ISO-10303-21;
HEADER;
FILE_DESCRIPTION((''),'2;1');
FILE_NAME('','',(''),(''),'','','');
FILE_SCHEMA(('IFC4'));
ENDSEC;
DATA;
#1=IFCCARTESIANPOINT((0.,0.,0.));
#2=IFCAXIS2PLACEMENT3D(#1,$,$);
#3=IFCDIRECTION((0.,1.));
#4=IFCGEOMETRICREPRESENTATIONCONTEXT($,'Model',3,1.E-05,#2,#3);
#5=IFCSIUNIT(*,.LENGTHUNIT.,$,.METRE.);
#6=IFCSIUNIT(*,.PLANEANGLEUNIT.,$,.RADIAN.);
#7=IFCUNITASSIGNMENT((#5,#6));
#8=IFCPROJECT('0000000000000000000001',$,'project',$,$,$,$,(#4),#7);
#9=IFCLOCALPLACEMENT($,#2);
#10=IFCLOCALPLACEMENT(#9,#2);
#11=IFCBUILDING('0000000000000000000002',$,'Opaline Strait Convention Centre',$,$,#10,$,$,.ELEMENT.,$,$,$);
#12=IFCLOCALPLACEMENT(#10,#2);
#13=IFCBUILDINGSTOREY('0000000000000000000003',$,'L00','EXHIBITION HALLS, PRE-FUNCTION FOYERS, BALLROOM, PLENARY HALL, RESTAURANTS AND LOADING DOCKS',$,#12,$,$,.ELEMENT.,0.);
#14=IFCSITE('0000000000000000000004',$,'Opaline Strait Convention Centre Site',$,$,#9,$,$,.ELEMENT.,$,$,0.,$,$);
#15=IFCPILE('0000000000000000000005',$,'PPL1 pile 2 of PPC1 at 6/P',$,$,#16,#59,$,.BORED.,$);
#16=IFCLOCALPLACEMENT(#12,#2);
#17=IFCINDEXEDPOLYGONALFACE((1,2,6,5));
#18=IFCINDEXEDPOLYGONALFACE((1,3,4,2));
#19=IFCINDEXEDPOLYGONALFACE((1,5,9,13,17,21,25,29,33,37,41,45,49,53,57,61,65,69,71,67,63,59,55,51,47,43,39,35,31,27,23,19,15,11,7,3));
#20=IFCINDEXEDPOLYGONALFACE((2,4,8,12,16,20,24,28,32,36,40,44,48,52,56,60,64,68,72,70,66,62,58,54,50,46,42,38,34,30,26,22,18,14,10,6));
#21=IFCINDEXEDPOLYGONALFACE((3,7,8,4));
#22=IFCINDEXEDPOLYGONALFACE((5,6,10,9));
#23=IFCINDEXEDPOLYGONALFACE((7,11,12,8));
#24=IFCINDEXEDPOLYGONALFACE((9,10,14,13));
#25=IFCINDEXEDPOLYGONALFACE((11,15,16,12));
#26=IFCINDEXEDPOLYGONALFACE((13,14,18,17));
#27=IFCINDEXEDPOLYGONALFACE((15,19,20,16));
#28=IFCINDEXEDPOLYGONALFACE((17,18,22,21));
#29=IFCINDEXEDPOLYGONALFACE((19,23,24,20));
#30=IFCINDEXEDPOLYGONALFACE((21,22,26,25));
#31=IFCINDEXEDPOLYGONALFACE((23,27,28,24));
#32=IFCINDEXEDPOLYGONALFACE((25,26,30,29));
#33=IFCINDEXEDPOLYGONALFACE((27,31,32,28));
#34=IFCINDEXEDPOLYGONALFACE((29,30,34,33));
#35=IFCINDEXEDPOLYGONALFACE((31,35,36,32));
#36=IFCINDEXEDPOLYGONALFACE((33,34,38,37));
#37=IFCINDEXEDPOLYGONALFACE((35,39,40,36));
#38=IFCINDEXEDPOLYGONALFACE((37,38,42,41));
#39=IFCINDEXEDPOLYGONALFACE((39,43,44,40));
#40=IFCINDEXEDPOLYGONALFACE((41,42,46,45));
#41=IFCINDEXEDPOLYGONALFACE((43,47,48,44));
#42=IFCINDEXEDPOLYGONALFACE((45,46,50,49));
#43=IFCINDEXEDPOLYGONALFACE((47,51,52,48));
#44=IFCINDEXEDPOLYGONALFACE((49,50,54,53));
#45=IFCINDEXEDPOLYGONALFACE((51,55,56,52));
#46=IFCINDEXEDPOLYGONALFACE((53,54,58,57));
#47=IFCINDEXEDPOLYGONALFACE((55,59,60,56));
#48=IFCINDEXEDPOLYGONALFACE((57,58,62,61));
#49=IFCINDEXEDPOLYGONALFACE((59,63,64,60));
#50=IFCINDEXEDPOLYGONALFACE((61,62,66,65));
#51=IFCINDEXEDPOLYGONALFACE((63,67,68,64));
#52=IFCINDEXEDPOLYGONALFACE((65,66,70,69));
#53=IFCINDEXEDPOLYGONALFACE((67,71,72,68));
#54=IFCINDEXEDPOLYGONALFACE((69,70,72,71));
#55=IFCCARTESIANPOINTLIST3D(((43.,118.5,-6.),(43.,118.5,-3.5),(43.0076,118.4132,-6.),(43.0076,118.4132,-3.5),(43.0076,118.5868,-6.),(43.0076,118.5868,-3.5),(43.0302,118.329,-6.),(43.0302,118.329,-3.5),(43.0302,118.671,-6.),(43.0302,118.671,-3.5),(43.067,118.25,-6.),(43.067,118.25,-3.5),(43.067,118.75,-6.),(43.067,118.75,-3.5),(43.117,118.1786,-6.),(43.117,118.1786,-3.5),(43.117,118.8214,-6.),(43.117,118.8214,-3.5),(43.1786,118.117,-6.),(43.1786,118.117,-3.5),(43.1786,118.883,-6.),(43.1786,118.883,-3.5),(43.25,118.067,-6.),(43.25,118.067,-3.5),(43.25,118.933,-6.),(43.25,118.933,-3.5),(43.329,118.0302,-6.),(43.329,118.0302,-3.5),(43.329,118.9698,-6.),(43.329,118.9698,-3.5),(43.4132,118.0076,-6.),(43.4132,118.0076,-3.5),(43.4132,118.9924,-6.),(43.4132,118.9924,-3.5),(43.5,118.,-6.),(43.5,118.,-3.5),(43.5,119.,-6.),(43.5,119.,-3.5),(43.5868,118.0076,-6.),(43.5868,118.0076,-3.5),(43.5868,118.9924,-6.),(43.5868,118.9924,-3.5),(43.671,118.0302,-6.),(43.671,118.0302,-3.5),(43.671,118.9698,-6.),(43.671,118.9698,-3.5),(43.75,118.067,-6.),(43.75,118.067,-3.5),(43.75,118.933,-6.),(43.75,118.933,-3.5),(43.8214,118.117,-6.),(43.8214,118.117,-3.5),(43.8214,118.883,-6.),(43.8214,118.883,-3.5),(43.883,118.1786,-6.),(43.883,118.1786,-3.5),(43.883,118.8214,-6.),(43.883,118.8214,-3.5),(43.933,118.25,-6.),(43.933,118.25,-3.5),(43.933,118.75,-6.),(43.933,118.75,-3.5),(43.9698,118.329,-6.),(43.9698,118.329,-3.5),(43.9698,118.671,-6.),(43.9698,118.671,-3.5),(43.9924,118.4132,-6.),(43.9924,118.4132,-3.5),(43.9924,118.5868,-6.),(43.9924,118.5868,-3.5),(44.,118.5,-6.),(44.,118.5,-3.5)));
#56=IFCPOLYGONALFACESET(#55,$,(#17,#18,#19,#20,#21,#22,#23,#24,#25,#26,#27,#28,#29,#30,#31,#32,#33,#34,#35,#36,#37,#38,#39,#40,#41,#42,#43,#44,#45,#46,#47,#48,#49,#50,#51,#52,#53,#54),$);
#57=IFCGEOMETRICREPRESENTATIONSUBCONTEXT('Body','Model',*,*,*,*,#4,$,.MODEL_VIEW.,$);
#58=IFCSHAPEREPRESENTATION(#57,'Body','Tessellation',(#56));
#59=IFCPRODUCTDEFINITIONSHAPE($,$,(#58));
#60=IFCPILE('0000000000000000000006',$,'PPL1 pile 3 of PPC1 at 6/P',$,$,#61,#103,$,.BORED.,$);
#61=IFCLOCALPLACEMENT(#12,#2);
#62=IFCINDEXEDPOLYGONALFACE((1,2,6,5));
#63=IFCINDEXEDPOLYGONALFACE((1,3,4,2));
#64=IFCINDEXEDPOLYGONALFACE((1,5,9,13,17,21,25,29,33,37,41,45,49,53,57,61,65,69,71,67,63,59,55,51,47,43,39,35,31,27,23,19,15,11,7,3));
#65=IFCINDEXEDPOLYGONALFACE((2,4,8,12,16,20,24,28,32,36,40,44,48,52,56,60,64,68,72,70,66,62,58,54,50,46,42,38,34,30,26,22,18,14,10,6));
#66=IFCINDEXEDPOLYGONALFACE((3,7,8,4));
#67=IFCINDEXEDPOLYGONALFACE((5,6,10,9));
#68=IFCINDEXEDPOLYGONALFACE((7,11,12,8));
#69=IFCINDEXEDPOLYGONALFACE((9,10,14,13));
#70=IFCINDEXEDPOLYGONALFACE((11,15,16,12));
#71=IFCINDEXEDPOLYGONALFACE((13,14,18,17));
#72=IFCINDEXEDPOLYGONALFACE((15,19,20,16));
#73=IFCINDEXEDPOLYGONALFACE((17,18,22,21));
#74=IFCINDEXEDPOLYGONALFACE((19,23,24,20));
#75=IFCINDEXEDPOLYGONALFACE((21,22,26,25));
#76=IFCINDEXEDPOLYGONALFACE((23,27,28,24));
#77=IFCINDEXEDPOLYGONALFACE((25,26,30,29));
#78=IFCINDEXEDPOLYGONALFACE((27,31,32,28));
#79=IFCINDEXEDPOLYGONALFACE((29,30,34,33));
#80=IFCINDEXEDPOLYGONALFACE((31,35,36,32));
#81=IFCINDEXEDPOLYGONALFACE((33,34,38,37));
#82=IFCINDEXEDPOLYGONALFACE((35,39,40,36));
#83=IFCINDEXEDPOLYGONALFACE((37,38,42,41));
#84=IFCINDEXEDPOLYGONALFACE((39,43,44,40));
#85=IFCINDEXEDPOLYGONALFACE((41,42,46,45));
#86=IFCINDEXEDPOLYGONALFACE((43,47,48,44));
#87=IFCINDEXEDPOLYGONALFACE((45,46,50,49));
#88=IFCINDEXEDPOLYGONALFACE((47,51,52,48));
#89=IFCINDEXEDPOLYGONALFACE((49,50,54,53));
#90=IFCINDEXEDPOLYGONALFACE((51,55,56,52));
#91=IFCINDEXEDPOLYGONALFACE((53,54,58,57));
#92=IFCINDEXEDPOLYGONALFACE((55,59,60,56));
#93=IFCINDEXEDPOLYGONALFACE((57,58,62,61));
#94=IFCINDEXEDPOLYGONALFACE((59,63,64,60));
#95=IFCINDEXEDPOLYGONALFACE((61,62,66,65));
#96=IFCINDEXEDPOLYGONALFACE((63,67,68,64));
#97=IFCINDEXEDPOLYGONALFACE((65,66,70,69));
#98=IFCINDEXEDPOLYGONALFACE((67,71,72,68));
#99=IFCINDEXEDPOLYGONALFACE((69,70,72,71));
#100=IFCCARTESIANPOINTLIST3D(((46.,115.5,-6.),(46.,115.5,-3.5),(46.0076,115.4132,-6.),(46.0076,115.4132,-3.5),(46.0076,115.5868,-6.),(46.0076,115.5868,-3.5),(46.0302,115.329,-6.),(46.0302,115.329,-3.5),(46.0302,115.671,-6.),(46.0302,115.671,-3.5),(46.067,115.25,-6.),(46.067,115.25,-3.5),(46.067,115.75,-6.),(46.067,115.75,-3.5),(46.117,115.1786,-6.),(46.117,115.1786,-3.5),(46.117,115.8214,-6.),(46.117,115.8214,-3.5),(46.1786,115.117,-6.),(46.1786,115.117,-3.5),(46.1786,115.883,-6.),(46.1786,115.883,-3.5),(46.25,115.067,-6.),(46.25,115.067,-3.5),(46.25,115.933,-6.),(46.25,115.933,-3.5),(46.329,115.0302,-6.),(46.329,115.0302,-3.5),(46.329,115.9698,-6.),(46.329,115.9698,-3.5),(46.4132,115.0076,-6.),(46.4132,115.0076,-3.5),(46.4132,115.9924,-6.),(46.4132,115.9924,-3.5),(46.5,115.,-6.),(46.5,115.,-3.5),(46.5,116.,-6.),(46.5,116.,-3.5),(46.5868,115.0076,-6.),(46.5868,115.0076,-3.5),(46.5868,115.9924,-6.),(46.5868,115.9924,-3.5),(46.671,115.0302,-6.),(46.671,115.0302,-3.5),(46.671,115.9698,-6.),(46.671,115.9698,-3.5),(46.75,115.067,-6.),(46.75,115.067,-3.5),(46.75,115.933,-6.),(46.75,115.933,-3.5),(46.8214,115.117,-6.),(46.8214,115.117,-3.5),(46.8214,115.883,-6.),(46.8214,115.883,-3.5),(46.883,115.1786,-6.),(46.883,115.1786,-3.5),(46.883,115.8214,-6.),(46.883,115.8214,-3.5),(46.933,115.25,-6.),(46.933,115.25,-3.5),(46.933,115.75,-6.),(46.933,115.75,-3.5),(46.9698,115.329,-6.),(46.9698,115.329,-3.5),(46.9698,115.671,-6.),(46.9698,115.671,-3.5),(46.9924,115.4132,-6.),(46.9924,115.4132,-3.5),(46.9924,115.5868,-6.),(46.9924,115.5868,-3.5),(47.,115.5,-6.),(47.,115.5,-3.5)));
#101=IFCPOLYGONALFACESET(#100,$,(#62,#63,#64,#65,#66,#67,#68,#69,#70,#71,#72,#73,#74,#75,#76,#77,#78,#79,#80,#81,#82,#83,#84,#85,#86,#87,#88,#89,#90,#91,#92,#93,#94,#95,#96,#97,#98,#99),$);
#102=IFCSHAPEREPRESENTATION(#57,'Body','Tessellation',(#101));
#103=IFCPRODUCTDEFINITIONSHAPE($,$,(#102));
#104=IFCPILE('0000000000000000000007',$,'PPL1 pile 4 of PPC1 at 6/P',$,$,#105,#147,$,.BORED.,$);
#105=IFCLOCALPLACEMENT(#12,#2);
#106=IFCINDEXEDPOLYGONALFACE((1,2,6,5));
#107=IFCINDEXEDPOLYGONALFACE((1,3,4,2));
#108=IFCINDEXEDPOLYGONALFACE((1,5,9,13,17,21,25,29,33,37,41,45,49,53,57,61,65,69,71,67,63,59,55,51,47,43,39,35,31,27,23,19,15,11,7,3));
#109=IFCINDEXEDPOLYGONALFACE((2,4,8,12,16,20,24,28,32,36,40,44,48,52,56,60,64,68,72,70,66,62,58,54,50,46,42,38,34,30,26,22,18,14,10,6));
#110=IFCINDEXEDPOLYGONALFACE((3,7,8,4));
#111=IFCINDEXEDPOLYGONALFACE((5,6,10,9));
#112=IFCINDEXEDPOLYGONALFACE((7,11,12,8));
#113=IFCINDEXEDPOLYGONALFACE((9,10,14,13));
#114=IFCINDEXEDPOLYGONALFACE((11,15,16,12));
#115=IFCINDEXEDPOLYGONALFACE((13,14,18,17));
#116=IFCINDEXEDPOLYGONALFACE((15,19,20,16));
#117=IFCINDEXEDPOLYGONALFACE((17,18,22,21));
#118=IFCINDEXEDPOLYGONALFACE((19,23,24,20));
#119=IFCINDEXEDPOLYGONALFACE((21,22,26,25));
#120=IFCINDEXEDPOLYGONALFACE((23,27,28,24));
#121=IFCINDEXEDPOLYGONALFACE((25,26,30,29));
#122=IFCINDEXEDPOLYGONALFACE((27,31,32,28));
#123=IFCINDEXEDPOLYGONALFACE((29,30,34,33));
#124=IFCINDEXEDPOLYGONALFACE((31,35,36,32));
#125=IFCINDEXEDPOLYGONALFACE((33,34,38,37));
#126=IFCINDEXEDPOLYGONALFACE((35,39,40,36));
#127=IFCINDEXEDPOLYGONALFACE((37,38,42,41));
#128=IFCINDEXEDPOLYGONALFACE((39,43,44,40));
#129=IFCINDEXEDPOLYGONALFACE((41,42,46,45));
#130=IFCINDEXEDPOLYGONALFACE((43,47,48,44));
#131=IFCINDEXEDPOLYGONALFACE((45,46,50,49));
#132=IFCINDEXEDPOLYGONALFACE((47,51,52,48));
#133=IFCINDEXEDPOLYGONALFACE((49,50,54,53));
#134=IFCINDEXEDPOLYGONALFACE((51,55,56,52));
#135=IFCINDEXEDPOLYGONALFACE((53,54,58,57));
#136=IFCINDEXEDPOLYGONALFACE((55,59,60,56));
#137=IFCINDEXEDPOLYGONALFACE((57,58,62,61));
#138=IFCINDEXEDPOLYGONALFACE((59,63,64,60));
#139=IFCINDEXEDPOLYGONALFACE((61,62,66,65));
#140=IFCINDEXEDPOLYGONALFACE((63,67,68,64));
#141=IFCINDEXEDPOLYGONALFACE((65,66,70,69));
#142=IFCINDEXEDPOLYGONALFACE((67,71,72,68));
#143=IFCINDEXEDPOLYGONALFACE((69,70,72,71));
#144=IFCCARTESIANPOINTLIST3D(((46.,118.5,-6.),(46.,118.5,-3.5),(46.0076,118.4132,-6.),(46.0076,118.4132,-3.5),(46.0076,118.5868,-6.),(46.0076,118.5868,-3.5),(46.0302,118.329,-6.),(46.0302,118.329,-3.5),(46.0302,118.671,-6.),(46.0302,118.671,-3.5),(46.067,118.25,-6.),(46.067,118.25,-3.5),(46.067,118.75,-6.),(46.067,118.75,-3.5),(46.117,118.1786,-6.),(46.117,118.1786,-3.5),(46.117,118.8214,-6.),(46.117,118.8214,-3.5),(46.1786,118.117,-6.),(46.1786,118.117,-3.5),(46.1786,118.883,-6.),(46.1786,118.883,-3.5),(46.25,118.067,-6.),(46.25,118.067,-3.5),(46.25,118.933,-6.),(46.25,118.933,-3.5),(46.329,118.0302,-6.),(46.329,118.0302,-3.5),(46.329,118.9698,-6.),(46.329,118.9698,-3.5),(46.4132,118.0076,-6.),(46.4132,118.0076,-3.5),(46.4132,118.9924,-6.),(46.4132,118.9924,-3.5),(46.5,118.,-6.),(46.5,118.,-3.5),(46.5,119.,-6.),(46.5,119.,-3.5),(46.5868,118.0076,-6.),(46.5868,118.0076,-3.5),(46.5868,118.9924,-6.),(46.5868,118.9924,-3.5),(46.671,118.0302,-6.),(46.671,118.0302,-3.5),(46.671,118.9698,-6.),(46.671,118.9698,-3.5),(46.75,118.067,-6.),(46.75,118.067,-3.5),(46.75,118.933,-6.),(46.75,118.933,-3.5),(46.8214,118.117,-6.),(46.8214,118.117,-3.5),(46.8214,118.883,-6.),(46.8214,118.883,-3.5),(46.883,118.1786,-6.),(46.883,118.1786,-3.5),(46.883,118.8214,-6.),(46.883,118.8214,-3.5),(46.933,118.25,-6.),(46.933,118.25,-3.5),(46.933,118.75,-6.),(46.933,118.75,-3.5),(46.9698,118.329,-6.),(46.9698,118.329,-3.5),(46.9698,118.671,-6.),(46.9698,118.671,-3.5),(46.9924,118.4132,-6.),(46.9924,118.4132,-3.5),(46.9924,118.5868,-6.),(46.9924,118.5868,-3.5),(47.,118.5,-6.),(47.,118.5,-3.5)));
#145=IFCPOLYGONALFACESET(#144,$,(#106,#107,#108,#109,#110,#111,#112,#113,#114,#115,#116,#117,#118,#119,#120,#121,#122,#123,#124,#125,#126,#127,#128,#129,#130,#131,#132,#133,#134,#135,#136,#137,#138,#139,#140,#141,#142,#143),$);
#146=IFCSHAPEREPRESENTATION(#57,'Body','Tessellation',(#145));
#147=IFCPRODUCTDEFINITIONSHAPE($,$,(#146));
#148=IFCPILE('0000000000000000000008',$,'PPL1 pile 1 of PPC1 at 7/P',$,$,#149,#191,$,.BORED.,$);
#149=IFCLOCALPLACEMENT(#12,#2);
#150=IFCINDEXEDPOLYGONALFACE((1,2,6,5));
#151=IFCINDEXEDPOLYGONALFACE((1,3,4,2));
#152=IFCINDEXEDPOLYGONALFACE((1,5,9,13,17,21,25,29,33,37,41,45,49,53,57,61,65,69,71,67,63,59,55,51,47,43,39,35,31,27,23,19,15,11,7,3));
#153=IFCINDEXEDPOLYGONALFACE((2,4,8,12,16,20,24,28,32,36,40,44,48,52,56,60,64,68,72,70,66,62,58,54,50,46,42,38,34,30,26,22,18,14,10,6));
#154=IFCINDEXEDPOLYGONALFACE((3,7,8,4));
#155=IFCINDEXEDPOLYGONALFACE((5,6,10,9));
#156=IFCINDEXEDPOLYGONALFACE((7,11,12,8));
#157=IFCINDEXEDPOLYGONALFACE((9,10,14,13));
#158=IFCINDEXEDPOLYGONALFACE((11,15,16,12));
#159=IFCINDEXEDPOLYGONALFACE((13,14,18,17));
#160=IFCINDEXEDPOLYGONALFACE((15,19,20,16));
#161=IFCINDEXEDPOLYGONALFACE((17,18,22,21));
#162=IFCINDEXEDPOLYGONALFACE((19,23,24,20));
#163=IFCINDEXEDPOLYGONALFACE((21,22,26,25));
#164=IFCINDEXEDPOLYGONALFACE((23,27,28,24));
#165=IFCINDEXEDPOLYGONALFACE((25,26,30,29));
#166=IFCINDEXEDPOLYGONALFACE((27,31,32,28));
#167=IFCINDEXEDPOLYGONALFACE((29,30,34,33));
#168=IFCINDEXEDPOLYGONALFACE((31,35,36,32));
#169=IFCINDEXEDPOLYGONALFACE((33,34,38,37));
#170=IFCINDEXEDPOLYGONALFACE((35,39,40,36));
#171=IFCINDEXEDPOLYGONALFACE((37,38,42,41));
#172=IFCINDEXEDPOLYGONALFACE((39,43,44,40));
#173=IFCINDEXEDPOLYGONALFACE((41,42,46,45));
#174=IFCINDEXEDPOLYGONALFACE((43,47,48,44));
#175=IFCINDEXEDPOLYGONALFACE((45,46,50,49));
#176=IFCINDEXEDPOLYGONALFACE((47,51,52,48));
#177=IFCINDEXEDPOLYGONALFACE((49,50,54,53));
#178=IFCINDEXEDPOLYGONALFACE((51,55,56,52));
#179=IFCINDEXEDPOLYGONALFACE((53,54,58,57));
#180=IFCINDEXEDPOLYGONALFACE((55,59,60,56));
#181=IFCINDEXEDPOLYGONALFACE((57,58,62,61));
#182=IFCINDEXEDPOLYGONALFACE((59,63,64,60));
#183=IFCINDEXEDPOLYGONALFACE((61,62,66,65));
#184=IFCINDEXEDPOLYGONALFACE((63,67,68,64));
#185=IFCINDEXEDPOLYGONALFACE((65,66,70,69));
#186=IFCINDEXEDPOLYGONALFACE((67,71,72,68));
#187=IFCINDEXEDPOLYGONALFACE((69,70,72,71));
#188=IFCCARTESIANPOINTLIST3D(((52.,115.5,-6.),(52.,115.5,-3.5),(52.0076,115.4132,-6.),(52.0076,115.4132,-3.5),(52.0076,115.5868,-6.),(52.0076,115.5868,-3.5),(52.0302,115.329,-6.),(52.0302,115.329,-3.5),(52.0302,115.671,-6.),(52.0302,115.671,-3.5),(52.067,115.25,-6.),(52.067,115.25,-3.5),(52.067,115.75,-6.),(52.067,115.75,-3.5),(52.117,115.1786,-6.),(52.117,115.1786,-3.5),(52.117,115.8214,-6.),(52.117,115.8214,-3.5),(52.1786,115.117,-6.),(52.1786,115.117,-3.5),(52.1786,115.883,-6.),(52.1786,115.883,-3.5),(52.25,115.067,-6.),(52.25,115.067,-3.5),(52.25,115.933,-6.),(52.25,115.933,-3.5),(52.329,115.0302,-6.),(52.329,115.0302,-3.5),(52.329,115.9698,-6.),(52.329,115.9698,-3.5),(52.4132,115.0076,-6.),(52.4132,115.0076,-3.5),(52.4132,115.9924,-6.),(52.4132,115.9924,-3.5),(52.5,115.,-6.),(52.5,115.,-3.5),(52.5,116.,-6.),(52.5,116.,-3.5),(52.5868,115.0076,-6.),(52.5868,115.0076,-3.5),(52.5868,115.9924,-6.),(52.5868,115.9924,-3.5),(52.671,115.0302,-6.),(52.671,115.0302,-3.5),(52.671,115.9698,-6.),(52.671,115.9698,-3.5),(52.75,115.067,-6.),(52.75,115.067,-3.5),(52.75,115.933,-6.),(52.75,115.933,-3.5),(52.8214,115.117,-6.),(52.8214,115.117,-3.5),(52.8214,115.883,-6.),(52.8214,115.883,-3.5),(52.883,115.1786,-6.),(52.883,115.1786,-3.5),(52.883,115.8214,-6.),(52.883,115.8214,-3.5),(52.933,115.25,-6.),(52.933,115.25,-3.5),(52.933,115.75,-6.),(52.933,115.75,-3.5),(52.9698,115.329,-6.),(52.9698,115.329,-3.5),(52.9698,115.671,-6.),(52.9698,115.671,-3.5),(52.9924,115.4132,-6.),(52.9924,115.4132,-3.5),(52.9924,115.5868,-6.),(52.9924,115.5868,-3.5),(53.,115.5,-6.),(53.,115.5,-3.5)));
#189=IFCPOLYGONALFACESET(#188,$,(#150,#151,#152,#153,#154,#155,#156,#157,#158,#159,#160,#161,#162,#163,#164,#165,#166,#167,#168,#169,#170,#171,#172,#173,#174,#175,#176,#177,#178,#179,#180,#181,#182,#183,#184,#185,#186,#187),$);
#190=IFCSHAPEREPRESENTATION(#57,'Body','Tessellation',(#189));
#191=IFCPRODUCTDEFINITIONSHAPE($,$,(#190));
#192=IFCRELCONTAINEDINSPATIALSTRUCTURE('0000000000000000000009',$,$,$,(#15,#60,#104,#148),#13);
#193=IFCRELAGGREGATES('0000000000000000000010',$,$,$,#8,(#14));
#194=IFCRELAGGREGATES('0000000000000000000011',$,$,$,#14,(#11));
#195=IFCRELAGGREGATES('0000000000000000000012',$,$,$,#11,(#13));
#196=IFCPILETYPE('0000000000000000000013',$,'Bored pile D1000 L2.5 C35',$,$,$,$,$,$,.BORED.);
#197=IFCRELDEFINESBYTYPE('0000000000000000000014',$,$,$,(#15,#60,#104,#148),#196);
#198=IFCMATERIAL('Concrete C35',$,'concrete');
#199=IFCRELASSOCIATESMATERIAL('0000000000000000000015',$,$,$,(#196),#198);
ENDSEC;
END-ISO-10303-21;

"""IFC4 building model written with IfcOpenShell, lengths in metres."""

from ifc_helpers import new_model, si_unit, direction, frame, origin, origin_2d, place, context, subcontext, project, spatial, circle, extrude, material, material_profile, profile_set, type_object, element, save


model = new_model("IFC4")

# Units and contexts
model_context = context("Model", 3, precision=1e-05, world=origin(), true_north=direction((0.0, 1.0)))
body_context = subcontext(model_context, "Body", "Model", "MODEL_VIEW")
ifc_project = project(units=[si_unit("LENGTHUNIT", "METRE"), si_unit("PLANEANGLEUNIT", "RADIAN")], contexts=[model_context])

# Site, building, storey
site_placement = place(None, origin())
site = spatial("IfcSite", under=ifc_project, at=site_placement, Name="Opaline Strait Convention Centre Site", CompositionType="ELEMENT", RefElevation=0.0)
building_placement = place(site_placement, origin())
building = spatial("IfcBuilding", under=site, at=building_placement, Name="Opaline Strait Convention Centre", CompositionType="ELEMENT")
storey_placement = place(building_placement, origin())
storey = spatial("IfcBuildingStorey", under=building, at=storey_placement, Name="L00", Description="EXHIBITION HALLS, PRE-FUNCTION FOYERS, BALLROOM, PLENARY HALL, RESTAURANTS AND LOADING DOCKS", CompositionType="ELEMENT", Elevation=0.0)

# Piles
ifc_material_1 = material(Name="Concrete C35", Category="concrete")
ifc_material_profile_1 = material_profile(ifc_material_1, circle(Radius=0.5, at=origin_2d()), Name="D1000")
ifc_profile_set_1 = profile_set([ifc_material_profile_1], Name="Concrete C35")
pile_type_1 = type_object("IfcPileType", Name="Bored pile D1000 L2.5 C35", PredefinedType="BORED", material=ifc_profile_set_1)
for number, where, z_axis, x_axis, name in (
    (1, (43.5, 118.5, -3.5), (0.0, 0.0, -1.0), (1.0, 0.0, 0.0), "PPL1 pile 2 of PPC1 at 6/P"),
    (2, (46.5, 115.5, -3.5), (0.0, 0.0, -1.0), (1.0, 0.0, 0.0), "PPL1 pile 3 of PPC1 at 6/P"),
    (3, (46.5, 118.5, -3.5), (0.0, 0.0, -1.0), (1.0, 0.0, 0.0), "PPL1 pile 4 of PPC1 at 6/P"),
    (4, (52.5, 115.5, -3.5), (0.0, 0.0, -1.0), (1.0, 0.0, 0.0), "PPL1 pile 1 of PPC1 at 7/P"),
):
    element("IfcPile", number, at=place(storey_placement, frame(where, z_axis=z_axis, x_axis=x_axis)), inside=storey, type_object=pile_type_1, Name=name, PredefinedType="BORED", context=body_context, shape_type="SweptSolid", body=[
        extrude(circle(Radius=0.5, at=origin_2d()), origin(), (0.0, 0.0, 1.0), 2.5),
    ])

save(model, "model.ifc")
